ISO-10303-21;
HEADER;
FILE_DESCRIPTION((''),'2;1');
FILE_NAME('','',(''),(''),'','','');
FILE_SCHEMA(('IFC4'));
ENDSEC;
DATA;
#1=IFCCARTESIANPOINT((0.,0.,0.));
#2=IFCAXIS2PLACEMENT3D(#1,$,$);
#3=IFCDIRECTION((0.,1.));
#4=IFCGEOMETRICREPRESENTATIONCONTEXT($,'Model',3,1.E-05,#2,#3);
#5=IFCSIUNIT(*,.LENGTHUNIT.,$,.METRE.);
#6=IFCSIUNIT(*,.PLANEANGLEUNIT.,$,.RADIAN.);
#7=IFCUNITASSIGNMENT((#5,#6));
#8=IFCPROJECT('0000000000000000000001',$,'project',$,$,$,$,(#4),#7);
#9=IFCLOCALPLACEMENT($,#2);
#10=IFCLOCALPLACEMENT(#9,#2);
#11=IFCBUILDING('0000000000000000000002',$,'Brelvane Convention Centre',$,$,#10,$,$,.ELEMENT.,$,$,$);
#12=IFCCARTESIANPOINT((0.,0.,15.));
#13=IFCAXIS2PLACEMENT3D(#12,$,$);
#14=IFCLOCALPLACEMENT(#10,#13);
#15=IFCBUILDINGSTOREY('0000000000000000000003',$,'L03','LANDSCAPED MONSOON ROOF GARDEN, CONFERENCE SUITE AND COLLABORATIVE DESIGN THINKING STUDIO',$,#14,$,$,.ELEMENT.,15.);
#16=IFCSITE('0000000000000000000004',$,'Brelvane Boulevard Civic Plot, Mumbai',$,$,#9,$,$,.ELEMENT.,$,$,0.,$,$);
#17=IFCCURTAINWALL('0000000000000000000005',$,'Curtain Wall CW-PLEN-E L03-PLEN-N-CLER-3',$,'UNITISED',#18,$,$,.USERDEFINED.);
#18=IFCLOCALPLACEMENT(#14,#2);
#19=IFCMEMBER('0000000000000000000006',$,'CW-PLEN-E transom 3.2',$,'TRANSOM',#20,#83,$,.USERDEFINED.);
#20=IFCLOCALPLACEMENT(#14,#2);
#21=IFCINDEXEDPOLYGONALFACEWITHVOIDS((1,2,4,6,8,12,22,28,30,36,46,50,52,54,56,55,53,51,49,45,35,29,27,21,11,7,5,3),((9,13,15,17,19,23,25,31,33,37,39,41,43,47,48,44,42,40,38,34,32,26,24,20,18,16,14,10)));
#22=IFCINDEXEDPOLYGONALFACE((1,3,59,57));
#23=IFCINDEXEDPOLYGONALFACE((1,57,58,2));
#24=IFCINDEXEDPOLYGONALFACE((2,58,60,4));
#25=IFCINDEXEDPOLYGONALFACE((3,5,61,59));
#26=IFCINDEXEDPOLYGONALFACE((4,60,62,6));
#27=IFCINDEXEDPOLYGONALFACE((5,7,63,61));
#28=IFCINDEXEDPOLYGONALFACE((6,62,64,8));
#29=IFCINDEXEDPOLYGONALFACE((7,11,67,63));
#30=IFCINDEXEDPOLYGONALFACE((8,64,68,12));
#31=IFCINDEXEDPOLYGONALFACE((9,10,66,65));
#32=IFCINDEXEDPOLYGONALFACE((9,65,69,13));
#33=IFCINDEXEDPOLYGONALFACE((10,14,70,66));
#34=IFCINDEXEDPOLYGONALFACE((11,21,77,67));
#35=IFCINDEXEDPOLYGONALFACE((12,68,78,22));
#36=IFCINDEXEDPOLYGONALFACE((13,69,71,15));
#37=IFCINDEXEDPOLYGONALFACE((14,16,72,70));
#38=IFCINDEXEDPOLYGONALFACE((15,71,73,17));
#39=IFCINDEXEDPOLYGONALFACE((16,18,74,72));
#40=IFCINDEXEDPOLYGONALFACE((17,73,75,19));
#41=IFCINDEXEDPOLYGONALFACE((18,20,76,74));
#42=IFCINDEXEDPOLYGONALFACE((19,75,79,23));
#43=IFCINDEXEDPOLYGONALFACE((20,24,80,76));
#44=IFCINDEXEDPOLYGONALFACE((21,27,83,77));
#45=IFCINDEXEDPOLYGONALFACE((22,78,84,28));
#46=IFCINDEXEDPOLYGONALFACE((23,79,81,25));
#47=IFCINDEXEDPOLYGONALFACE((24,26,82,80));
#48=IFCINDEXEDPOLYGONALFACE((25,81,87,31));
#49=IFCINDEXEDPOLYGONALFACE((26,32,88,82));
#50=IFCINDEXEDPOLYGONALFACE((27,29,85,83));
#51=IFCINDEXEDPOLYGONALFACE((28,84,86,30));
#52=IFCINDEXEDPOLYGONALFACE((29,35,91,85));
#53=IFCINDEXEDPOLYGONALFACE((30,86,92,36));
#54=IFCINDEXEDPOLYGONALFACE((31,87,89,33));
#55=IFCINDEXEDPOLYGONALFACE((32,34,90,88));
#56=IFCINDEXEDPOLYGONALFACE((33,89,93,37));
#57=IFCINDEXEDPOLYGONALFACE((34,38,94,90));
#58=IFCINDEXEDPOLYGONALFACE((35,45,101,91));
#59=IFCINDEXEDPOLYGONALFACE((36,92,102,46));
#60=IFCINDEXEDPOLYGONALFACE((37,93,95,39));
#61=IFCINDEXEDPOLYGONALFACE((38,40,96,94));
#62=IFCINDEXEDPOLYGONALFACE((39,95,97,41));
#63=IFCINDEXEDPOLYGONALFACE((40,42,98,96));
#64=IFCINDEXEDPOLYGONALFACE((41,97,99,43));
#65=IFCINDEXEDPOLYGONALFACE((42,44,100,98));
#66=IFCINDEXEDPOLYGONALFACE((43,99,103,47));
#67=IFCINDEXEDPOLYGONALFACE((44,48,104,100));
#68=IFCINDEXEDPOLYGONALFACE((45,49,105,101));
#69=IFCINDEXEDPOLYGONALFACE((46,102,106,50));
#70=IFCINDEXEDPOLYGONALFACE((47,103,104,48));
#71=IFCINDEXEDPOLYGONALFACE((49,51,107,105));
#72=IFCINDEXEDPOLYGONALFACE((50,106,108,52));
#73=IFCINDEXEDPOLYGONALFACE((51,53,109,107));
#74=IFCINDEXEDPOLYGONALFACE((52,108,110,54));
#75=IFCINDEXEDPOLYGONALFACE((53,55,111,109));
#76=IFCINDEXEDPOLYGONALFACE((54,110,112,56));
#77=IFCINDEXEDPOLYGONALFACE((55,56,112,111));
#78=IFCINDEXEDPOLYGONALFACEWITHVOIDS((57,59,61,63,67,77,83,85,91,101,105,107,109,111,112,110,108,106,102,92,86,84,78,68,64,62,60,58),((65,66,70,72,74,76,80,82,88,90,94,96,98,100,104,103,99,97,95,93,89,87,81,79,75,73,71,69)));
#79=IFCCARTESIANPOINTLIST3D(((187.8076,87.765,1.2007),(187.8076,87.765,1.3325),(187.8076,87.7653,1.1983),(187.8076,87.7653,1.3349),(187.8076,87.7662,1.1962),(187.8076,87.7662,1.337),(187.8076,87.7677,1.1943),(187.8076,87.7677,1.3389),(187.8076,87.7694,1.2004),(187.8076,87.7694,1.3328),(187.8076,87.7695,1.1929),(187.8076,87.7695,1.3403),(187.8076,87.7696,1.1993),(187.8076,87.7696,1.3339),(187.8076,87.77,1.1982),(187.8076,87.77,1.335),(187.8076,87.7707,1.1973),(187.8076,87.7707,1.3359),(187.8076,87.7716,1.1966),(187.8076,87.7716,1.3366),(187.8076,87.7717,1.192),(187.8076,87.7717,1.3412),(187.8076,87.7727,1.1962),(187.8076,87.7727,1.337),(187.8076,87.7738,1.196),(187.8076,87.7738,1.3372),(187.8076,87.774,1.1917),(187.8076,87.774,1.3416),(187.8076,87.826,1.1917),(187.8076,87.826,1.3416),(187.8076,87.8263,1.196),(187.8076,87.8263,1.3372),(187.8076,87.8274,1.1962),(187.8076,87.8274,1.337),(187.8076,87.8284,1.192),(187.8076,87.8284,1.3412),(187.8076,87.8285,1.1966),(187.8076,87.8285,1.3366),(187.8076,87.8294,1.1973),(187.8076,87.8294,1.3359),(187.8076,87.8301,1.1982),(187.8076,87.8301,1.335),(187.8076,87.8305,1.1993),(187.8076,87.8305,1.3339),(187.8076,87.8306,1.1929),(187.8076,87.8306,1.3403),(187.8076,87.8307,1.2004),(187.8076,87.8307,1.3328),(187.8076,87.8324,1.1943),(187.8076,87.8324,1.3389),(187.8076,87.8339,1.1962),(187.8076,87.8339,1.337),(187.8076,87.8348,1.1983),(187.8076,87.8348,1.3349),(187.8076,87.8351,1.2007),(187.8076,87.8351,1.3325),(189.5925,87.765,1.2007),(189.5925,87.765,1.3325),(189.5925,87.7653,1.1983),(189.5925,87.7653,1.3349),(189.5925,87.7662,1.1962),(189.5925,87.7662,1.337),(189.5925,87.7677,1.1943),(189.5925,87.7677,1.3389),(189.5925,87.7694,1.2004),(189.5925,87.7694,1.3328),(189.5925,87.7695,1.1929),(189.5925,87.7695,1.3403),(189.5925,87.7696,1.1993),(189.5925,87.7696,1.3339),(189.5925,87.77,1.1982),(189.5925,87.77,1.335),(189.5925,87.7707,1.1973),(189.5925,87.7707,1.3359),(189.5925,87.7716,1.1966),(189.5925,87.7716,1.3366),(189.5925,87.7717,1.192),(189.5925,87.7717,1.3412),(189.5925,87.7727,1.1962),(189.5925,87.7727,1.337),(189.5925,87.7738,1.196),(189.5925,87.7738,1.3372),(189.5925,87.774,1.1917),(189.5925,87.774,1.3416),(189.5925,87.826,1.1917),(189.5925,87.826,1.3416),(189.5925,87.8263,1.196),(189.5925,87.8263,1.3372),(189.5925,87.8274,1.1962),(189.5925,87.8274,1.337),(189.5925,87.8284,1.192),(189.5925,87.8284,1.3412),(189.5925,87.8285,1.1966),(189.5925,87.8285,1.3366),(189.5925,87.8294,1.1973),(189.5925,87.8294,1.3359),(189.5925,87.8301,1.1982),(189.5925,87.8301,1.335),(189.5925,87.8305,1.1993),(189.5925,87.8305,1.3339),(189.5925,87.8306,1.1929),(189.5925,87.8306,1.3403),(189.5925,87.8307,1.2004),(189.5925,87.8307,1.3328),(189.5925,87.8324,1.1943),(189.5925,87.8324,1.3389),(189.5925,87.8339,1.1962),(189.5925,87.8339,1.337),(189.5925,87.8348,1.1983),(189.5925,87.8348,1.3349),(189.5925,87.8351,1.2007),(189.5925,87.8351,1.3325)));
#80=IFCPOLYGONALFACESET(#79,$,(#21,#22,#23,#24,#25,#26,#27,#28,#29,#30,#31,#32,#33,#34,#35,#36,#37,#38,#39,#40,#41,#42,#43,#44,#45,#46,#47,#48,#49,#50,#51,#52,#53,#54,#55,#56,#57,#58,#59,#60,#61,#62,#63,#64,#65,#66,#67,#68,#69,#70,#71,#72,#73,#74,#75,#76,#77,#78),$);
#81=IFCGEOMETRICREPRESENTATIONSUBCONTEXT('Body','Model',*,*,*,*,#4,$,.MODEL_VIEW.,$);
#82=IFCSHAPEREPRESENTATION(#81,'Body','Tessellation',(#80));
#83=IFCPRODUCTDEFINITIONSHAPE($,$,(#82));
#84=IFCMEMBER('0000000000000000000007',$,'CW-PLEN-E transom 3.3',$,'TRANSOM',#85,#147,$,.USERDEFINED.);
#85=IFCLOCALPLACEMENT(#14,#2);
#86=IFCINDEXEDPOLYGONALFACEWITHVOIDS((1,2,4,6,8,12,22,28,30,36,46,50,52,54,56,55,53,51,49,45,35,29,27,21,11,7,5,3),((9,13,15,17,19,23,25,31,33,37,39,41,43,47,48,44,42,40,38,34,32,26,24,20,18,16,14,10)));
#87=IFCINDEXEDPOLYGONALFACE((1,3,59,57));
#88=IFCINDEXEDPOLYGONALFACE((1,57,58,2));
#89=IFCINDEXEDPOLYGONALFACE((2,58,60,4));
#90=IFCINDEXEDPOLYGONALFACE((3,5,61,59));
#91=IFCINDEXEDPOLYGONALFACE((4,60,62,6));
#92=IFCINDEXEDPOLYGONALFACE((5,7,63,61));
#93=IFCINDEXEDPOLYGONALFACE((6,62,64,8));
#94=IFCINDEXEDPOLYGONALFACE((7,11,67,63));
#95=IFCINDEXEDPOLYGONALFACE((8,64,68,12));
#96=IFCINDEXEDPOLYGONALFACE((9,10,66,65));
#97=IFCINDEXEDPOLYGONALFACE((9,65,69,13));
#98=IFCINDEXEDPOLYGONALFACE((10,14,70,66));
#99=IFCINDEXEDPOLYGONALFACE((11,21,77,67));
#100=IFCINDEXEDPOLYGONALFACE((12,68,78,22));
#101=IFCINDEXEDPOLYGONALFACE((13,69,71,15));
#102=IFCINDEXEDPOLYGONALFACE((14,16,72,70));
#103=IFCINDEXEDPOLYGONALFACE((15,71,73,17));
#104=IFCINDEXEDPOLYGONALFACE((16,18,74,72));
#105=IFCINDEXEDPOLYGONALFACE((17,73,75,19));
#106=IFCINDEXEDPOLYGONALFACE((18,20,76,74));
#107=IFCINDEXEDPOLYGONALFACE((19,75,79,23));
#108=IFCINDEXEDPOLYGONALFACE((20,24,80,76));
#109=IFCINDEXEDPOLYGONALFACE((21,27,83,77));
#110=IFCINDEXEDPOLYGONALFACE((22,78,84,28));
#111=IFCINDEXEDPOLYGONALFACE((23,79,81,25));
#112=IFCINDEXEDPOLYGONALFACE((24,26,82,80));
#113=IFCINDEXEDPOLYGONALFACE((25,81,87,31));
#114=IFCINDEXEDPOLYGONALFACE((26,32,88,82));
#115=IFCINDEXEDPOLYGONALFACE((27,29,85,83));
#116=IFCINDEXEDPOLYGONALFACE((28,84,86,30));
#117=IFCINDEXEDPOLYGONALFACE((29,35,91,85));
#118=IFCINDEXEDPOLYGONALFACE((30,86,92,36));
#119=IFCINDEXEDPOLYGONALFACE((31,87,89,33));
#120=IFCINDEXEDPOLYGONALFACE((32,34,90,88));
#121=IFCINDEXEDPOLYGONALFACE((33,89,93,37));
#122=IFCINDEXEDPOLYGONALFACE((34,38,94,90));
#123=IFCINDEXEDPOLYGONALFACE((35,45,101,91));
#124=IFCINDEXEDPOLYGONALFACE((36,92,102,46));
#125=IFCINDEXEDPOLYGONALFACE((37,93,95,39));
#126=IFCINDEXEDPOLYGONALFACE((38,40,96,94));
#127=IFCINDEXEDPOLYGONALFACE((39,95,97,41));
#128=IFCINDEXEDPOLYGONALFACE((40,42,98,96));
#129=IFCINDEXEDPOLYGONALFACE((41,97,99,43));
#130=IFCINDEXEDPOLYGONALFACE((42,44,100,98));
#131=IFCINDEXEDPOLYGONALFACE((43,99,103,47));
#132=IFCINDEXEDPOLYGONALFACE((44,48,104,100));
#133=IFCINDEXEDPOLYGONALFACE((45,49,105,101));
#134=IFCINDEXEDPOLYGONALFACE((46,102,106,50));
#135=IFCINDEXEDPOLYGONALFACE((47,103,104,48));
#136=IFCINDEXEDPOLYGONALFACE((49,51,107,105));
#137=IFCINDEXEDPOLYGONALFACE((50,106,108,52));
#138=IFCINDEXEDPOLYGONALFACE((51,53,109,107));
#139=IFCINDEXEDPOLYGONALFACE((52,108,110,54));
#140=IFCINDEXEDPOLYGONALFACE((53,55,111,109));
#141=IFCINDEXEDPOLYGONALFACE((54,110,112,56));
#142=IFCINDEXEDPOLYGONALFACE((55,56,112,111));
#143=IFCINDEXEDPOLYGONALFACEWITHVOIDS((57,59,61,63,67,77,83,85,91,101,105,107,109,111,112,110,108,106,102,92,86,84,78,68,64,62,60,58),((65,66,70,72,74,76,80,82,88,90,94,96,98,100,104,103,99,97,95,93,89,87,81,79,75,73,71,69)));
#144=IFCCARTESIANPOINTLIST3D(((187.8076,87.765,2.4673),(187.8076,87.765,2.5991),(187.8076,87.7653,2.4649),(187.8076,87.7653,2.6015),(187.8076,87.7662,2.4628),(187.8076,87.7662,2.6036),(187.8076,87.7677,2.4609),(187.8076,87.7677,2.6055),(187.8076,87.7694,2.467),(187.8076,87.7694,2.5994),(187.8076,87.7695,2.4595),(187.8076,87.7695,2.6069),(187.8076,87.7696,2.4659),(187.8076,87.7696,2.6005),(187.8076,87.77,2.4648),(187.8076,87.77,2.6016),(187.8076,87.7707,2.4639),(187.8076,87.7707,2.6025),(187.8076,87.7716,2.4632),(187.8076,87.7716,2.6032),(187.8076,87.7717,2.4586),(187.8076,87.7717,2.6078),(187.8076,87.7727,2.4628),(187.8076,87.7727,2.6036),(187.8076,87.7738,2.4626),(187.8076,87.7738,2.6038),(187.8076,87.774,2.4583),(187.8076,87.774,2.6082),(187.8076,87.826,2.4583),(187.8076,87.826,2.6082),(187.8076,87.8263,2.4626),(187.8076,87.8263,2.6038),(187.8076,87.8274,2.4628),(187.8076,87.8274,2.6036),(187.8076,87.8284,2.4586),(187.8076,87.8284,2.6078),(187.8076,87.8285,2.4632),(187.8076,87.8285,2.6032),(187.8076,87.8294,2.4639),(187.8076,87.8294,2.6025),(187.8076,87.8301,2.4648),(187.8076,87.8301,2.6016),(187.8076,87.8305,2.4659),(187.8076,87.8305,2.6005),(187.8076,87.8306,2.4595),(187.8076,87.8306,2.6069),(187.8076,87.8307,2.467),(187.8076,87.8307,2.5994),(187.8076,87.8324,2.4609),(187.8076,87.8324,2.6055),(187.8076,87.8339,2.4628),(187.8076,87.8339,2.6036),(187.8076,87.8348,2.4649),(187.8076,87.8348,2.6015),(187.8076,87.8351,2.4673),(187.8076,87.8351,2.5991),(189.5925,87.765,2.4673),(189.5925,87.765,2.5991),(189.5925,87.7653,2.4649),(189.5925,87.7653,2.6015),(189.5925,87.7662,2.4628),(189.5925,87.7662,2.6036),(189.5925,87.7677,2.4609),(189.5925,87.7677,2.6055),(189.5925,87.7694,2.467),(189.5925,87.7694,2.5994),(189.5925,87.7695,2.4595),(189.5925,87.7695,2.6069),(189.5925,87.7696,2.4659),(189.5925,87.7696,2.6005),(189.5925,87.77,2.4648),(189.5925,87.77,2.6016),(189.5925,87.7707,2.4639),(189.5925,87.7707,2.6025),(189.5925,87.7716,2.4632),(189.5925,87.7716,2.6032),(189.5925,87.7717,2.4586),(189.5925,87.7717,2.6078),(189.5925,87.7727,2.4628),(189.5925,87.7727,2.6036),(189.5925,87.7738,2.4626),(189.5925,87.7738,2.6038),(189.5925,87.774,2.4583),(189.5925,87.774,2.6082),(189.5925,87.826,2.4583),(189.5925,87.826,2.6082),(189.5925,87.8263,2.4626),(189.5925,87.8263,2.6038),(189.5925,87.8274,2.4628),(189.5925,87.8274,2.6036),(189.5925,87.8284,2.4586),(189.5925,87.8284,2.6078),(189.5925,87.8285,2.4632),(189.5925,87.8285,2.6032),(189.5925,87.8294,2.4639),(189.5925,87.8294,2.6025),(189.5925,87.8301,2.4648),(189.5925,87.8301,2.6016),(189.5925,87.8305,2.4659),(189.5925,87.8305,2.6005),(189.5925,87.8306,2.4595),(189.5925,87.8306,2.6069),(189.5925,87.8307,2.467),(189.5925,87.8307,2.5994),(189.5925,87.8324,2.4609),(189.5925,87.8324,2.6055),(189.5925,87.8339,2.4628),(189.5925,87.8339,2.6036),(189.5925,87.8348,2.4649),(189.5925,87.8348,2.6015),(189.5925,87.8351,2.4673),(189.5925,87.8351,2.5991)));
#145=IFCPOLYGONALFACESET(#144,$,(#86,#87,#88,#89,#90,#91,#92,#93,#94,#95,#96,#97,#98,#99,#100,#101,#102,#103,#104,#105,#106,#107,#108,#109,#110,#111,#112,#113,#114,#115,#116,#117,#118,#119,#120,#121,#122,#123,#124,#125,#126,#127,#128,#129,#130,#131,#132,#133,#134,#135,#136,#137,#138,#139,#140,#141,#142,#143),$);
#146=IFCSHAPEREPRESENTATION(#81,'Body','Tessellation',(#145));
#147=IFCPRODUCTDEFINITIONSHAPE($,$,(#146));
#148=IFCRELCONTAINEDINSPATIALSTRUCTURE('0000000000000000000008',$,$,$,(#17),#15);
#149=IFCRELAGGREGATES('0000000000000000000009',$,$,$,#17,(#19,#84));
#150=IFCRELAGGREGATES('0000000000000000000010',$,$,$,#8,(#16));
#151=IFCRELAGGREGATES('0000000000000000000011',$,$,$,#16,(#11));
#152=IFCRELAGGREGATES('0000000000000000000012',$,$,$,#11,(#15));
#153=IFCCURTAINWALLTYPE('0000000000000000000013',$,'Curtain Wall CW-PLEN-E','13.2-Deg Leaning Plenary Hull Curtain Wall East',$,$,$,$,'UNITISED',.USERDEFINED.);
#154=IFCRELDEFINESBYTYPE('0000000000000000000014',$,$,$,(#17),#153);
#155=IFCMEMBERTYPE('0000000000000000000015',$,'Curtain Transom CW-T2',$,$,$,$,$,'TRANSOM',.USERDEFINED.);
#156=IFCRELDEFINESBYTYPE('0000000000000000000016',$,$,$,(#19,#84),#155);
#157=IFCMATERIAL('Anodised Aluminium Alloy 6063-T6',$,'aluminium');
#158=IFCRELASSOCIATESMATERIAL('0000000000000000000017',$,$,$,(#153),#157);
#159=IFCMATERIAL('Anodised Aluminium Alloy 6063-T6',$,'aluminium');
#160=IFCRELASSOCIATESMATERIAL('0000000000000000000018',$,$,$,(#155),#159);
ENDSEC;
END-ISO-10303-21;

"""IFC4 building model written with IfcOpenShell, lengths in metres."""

from ifc_helpers import new_model, si_unit, direction, frame, origin, origin_2d, place, context, subcontext, project, spatial, hollow_rectangle, extrude, material, material_profile, profile_set, type_object, element, aggregate, save


model = new_model("IFC4")

# Units and contexts
model_context = context("Model", 3, precision=1e-05, world=origin(), true_north=direction((0.0, 1.0)))
body_context = subcontext(model_context, "Body", "Model", "MODEL_VIEW")
ifc_project = project(units=[si_unit("LENGTHUNIT", "METRE"), si_unit("PLANEANGLEUNIT", "RADIAN")], contexts=[model_context])

# Site, building, storey
site_placement = place(None, origin())
site = spatial("IfcSite", under=ifc_project, at=site_placement, Name="Brelvane Boulevard Civic Plot, Mumbai", CompositionType="ELEMENT", RefElevation=0.0)
building_placement = place(site_placement, origin())
building = spatial("IfcBuilding", under=site, at=building_placement, Name="Brelvane Convention Centre", CompositionType="ELEMENT")
storey_placement = place(building_placement, frame((0.0, 0.0, 15.0)))
storey = spatial("IfcBuildingStorey", under=building, at=storey_placement, Name="L03", Description="LANDSCAPED MONSOON ROOF GARDEN, CONFERENCE SUITE AND COLLABORATIVE DESIGN THINKING STUDIO", CompositionType="ELEMENT", Elevation=15.0)

# Curtain wall, members
ifc_material_1 = material(Name="Anodised Aluminium Alloy 6063-T6", Category="aluminium")
curtain_wall_type = type_object("IfcCurtainWallType", Name="Curtain Wall CW-PLEN-E", Description="13.2-Deg Leaning Plenary Hull Curtain Wall East", ElementType="UNITISED", PredefinedType="USERDEFINED", material=ifc_material_1)
curtain_wall_placement = place(storey_placement, origin())
curtain_wall = element("IfcCurtainWall", 1, at=curtain_wall_placement, inside=storey, type_object=curtain_wall_type, Name="Curtain Wall CW-PLEN-E L03-PLEN-N-CLER-3", ObjectType="UNITISED", PredefinedType="USERDEFINED")
ifc_material_2 = material(Name="Anodised Aluminium Alloy 6063-T6", Category="aluminium")
ifc_material_profile_1 = material_profile(ifc_material_2, hollow_rectangle(XDim=0.0701, YDim=0.1499, WallThickness=0.0044, InnerFilletRadius=0.0044, OuterFilletRadius=0.009, at=origin_2d()), Name="ALU-T 150x70x4.5")
ifc_profile_set_1 = profile_set([ifc_material_profile_1], Name="Anodised Aluminium Alloy 6063-T6")
member_type_1 = type_object("IfcMemberType", Name="Curtain Transom CW-T2", ElementType="TRANSOM", PredefinedType="USERDEFINED", material=ifc_profile_set_1)
member_1_placement = place(storey_placement, frame((187.8076, 87.8, 1.2666), z_axis=(1.0, 0.0, 0.0), x_axis=(0.0, 1.0, 0.0)))
member_1 = element("IfcMember", 2, at=member_1_placement, type_object=member_type_1, Name="CW-PLEN-E transom 3.2", ObjectType="TRANSOM", PredefinedType="USERDEFINED", context=body_context, shape_type="SweptSolid", body=[
    extrude(hollow_rectangle(XDim=0.0701, YDim=0.1499, WallThickness=0.0044, InnerFilletRadius=0.0044, OuterFilletRadius=0.009, at=origin_2d()), origin(), (0.0, 0.0, 1.0), 1.7849),
])
member_2_placement = place(storey_placement, frame((187.8076, 87.8, 2.5332), z_axis=(1.0, 0.0, 0.0), x_axis=(0.0, 1.0, 0.0)))
member_2 = element("IfcMember", 3, at=member_2_placement, type_object=member_type_1, Name="CW-PLEN-E transom 3.3", ObjectType="TRANSOM", PredefinedType="USERDEFINED", context=body_context, shape_type="SweptSolid", body=[
    extrude(hollow_rectangle(XDim=0.0701, YDim=0.1499, WallThickness=0.0044, InnerFilletRadius=0.0044, OuterFilletRadius=0.009, at=origin_2d()), origin(), (0.0, 0.0, 1.0), 1.7849),
])
aggregate(curtain_wall, [member_1, member_2])

save(model, "model.ifc")
